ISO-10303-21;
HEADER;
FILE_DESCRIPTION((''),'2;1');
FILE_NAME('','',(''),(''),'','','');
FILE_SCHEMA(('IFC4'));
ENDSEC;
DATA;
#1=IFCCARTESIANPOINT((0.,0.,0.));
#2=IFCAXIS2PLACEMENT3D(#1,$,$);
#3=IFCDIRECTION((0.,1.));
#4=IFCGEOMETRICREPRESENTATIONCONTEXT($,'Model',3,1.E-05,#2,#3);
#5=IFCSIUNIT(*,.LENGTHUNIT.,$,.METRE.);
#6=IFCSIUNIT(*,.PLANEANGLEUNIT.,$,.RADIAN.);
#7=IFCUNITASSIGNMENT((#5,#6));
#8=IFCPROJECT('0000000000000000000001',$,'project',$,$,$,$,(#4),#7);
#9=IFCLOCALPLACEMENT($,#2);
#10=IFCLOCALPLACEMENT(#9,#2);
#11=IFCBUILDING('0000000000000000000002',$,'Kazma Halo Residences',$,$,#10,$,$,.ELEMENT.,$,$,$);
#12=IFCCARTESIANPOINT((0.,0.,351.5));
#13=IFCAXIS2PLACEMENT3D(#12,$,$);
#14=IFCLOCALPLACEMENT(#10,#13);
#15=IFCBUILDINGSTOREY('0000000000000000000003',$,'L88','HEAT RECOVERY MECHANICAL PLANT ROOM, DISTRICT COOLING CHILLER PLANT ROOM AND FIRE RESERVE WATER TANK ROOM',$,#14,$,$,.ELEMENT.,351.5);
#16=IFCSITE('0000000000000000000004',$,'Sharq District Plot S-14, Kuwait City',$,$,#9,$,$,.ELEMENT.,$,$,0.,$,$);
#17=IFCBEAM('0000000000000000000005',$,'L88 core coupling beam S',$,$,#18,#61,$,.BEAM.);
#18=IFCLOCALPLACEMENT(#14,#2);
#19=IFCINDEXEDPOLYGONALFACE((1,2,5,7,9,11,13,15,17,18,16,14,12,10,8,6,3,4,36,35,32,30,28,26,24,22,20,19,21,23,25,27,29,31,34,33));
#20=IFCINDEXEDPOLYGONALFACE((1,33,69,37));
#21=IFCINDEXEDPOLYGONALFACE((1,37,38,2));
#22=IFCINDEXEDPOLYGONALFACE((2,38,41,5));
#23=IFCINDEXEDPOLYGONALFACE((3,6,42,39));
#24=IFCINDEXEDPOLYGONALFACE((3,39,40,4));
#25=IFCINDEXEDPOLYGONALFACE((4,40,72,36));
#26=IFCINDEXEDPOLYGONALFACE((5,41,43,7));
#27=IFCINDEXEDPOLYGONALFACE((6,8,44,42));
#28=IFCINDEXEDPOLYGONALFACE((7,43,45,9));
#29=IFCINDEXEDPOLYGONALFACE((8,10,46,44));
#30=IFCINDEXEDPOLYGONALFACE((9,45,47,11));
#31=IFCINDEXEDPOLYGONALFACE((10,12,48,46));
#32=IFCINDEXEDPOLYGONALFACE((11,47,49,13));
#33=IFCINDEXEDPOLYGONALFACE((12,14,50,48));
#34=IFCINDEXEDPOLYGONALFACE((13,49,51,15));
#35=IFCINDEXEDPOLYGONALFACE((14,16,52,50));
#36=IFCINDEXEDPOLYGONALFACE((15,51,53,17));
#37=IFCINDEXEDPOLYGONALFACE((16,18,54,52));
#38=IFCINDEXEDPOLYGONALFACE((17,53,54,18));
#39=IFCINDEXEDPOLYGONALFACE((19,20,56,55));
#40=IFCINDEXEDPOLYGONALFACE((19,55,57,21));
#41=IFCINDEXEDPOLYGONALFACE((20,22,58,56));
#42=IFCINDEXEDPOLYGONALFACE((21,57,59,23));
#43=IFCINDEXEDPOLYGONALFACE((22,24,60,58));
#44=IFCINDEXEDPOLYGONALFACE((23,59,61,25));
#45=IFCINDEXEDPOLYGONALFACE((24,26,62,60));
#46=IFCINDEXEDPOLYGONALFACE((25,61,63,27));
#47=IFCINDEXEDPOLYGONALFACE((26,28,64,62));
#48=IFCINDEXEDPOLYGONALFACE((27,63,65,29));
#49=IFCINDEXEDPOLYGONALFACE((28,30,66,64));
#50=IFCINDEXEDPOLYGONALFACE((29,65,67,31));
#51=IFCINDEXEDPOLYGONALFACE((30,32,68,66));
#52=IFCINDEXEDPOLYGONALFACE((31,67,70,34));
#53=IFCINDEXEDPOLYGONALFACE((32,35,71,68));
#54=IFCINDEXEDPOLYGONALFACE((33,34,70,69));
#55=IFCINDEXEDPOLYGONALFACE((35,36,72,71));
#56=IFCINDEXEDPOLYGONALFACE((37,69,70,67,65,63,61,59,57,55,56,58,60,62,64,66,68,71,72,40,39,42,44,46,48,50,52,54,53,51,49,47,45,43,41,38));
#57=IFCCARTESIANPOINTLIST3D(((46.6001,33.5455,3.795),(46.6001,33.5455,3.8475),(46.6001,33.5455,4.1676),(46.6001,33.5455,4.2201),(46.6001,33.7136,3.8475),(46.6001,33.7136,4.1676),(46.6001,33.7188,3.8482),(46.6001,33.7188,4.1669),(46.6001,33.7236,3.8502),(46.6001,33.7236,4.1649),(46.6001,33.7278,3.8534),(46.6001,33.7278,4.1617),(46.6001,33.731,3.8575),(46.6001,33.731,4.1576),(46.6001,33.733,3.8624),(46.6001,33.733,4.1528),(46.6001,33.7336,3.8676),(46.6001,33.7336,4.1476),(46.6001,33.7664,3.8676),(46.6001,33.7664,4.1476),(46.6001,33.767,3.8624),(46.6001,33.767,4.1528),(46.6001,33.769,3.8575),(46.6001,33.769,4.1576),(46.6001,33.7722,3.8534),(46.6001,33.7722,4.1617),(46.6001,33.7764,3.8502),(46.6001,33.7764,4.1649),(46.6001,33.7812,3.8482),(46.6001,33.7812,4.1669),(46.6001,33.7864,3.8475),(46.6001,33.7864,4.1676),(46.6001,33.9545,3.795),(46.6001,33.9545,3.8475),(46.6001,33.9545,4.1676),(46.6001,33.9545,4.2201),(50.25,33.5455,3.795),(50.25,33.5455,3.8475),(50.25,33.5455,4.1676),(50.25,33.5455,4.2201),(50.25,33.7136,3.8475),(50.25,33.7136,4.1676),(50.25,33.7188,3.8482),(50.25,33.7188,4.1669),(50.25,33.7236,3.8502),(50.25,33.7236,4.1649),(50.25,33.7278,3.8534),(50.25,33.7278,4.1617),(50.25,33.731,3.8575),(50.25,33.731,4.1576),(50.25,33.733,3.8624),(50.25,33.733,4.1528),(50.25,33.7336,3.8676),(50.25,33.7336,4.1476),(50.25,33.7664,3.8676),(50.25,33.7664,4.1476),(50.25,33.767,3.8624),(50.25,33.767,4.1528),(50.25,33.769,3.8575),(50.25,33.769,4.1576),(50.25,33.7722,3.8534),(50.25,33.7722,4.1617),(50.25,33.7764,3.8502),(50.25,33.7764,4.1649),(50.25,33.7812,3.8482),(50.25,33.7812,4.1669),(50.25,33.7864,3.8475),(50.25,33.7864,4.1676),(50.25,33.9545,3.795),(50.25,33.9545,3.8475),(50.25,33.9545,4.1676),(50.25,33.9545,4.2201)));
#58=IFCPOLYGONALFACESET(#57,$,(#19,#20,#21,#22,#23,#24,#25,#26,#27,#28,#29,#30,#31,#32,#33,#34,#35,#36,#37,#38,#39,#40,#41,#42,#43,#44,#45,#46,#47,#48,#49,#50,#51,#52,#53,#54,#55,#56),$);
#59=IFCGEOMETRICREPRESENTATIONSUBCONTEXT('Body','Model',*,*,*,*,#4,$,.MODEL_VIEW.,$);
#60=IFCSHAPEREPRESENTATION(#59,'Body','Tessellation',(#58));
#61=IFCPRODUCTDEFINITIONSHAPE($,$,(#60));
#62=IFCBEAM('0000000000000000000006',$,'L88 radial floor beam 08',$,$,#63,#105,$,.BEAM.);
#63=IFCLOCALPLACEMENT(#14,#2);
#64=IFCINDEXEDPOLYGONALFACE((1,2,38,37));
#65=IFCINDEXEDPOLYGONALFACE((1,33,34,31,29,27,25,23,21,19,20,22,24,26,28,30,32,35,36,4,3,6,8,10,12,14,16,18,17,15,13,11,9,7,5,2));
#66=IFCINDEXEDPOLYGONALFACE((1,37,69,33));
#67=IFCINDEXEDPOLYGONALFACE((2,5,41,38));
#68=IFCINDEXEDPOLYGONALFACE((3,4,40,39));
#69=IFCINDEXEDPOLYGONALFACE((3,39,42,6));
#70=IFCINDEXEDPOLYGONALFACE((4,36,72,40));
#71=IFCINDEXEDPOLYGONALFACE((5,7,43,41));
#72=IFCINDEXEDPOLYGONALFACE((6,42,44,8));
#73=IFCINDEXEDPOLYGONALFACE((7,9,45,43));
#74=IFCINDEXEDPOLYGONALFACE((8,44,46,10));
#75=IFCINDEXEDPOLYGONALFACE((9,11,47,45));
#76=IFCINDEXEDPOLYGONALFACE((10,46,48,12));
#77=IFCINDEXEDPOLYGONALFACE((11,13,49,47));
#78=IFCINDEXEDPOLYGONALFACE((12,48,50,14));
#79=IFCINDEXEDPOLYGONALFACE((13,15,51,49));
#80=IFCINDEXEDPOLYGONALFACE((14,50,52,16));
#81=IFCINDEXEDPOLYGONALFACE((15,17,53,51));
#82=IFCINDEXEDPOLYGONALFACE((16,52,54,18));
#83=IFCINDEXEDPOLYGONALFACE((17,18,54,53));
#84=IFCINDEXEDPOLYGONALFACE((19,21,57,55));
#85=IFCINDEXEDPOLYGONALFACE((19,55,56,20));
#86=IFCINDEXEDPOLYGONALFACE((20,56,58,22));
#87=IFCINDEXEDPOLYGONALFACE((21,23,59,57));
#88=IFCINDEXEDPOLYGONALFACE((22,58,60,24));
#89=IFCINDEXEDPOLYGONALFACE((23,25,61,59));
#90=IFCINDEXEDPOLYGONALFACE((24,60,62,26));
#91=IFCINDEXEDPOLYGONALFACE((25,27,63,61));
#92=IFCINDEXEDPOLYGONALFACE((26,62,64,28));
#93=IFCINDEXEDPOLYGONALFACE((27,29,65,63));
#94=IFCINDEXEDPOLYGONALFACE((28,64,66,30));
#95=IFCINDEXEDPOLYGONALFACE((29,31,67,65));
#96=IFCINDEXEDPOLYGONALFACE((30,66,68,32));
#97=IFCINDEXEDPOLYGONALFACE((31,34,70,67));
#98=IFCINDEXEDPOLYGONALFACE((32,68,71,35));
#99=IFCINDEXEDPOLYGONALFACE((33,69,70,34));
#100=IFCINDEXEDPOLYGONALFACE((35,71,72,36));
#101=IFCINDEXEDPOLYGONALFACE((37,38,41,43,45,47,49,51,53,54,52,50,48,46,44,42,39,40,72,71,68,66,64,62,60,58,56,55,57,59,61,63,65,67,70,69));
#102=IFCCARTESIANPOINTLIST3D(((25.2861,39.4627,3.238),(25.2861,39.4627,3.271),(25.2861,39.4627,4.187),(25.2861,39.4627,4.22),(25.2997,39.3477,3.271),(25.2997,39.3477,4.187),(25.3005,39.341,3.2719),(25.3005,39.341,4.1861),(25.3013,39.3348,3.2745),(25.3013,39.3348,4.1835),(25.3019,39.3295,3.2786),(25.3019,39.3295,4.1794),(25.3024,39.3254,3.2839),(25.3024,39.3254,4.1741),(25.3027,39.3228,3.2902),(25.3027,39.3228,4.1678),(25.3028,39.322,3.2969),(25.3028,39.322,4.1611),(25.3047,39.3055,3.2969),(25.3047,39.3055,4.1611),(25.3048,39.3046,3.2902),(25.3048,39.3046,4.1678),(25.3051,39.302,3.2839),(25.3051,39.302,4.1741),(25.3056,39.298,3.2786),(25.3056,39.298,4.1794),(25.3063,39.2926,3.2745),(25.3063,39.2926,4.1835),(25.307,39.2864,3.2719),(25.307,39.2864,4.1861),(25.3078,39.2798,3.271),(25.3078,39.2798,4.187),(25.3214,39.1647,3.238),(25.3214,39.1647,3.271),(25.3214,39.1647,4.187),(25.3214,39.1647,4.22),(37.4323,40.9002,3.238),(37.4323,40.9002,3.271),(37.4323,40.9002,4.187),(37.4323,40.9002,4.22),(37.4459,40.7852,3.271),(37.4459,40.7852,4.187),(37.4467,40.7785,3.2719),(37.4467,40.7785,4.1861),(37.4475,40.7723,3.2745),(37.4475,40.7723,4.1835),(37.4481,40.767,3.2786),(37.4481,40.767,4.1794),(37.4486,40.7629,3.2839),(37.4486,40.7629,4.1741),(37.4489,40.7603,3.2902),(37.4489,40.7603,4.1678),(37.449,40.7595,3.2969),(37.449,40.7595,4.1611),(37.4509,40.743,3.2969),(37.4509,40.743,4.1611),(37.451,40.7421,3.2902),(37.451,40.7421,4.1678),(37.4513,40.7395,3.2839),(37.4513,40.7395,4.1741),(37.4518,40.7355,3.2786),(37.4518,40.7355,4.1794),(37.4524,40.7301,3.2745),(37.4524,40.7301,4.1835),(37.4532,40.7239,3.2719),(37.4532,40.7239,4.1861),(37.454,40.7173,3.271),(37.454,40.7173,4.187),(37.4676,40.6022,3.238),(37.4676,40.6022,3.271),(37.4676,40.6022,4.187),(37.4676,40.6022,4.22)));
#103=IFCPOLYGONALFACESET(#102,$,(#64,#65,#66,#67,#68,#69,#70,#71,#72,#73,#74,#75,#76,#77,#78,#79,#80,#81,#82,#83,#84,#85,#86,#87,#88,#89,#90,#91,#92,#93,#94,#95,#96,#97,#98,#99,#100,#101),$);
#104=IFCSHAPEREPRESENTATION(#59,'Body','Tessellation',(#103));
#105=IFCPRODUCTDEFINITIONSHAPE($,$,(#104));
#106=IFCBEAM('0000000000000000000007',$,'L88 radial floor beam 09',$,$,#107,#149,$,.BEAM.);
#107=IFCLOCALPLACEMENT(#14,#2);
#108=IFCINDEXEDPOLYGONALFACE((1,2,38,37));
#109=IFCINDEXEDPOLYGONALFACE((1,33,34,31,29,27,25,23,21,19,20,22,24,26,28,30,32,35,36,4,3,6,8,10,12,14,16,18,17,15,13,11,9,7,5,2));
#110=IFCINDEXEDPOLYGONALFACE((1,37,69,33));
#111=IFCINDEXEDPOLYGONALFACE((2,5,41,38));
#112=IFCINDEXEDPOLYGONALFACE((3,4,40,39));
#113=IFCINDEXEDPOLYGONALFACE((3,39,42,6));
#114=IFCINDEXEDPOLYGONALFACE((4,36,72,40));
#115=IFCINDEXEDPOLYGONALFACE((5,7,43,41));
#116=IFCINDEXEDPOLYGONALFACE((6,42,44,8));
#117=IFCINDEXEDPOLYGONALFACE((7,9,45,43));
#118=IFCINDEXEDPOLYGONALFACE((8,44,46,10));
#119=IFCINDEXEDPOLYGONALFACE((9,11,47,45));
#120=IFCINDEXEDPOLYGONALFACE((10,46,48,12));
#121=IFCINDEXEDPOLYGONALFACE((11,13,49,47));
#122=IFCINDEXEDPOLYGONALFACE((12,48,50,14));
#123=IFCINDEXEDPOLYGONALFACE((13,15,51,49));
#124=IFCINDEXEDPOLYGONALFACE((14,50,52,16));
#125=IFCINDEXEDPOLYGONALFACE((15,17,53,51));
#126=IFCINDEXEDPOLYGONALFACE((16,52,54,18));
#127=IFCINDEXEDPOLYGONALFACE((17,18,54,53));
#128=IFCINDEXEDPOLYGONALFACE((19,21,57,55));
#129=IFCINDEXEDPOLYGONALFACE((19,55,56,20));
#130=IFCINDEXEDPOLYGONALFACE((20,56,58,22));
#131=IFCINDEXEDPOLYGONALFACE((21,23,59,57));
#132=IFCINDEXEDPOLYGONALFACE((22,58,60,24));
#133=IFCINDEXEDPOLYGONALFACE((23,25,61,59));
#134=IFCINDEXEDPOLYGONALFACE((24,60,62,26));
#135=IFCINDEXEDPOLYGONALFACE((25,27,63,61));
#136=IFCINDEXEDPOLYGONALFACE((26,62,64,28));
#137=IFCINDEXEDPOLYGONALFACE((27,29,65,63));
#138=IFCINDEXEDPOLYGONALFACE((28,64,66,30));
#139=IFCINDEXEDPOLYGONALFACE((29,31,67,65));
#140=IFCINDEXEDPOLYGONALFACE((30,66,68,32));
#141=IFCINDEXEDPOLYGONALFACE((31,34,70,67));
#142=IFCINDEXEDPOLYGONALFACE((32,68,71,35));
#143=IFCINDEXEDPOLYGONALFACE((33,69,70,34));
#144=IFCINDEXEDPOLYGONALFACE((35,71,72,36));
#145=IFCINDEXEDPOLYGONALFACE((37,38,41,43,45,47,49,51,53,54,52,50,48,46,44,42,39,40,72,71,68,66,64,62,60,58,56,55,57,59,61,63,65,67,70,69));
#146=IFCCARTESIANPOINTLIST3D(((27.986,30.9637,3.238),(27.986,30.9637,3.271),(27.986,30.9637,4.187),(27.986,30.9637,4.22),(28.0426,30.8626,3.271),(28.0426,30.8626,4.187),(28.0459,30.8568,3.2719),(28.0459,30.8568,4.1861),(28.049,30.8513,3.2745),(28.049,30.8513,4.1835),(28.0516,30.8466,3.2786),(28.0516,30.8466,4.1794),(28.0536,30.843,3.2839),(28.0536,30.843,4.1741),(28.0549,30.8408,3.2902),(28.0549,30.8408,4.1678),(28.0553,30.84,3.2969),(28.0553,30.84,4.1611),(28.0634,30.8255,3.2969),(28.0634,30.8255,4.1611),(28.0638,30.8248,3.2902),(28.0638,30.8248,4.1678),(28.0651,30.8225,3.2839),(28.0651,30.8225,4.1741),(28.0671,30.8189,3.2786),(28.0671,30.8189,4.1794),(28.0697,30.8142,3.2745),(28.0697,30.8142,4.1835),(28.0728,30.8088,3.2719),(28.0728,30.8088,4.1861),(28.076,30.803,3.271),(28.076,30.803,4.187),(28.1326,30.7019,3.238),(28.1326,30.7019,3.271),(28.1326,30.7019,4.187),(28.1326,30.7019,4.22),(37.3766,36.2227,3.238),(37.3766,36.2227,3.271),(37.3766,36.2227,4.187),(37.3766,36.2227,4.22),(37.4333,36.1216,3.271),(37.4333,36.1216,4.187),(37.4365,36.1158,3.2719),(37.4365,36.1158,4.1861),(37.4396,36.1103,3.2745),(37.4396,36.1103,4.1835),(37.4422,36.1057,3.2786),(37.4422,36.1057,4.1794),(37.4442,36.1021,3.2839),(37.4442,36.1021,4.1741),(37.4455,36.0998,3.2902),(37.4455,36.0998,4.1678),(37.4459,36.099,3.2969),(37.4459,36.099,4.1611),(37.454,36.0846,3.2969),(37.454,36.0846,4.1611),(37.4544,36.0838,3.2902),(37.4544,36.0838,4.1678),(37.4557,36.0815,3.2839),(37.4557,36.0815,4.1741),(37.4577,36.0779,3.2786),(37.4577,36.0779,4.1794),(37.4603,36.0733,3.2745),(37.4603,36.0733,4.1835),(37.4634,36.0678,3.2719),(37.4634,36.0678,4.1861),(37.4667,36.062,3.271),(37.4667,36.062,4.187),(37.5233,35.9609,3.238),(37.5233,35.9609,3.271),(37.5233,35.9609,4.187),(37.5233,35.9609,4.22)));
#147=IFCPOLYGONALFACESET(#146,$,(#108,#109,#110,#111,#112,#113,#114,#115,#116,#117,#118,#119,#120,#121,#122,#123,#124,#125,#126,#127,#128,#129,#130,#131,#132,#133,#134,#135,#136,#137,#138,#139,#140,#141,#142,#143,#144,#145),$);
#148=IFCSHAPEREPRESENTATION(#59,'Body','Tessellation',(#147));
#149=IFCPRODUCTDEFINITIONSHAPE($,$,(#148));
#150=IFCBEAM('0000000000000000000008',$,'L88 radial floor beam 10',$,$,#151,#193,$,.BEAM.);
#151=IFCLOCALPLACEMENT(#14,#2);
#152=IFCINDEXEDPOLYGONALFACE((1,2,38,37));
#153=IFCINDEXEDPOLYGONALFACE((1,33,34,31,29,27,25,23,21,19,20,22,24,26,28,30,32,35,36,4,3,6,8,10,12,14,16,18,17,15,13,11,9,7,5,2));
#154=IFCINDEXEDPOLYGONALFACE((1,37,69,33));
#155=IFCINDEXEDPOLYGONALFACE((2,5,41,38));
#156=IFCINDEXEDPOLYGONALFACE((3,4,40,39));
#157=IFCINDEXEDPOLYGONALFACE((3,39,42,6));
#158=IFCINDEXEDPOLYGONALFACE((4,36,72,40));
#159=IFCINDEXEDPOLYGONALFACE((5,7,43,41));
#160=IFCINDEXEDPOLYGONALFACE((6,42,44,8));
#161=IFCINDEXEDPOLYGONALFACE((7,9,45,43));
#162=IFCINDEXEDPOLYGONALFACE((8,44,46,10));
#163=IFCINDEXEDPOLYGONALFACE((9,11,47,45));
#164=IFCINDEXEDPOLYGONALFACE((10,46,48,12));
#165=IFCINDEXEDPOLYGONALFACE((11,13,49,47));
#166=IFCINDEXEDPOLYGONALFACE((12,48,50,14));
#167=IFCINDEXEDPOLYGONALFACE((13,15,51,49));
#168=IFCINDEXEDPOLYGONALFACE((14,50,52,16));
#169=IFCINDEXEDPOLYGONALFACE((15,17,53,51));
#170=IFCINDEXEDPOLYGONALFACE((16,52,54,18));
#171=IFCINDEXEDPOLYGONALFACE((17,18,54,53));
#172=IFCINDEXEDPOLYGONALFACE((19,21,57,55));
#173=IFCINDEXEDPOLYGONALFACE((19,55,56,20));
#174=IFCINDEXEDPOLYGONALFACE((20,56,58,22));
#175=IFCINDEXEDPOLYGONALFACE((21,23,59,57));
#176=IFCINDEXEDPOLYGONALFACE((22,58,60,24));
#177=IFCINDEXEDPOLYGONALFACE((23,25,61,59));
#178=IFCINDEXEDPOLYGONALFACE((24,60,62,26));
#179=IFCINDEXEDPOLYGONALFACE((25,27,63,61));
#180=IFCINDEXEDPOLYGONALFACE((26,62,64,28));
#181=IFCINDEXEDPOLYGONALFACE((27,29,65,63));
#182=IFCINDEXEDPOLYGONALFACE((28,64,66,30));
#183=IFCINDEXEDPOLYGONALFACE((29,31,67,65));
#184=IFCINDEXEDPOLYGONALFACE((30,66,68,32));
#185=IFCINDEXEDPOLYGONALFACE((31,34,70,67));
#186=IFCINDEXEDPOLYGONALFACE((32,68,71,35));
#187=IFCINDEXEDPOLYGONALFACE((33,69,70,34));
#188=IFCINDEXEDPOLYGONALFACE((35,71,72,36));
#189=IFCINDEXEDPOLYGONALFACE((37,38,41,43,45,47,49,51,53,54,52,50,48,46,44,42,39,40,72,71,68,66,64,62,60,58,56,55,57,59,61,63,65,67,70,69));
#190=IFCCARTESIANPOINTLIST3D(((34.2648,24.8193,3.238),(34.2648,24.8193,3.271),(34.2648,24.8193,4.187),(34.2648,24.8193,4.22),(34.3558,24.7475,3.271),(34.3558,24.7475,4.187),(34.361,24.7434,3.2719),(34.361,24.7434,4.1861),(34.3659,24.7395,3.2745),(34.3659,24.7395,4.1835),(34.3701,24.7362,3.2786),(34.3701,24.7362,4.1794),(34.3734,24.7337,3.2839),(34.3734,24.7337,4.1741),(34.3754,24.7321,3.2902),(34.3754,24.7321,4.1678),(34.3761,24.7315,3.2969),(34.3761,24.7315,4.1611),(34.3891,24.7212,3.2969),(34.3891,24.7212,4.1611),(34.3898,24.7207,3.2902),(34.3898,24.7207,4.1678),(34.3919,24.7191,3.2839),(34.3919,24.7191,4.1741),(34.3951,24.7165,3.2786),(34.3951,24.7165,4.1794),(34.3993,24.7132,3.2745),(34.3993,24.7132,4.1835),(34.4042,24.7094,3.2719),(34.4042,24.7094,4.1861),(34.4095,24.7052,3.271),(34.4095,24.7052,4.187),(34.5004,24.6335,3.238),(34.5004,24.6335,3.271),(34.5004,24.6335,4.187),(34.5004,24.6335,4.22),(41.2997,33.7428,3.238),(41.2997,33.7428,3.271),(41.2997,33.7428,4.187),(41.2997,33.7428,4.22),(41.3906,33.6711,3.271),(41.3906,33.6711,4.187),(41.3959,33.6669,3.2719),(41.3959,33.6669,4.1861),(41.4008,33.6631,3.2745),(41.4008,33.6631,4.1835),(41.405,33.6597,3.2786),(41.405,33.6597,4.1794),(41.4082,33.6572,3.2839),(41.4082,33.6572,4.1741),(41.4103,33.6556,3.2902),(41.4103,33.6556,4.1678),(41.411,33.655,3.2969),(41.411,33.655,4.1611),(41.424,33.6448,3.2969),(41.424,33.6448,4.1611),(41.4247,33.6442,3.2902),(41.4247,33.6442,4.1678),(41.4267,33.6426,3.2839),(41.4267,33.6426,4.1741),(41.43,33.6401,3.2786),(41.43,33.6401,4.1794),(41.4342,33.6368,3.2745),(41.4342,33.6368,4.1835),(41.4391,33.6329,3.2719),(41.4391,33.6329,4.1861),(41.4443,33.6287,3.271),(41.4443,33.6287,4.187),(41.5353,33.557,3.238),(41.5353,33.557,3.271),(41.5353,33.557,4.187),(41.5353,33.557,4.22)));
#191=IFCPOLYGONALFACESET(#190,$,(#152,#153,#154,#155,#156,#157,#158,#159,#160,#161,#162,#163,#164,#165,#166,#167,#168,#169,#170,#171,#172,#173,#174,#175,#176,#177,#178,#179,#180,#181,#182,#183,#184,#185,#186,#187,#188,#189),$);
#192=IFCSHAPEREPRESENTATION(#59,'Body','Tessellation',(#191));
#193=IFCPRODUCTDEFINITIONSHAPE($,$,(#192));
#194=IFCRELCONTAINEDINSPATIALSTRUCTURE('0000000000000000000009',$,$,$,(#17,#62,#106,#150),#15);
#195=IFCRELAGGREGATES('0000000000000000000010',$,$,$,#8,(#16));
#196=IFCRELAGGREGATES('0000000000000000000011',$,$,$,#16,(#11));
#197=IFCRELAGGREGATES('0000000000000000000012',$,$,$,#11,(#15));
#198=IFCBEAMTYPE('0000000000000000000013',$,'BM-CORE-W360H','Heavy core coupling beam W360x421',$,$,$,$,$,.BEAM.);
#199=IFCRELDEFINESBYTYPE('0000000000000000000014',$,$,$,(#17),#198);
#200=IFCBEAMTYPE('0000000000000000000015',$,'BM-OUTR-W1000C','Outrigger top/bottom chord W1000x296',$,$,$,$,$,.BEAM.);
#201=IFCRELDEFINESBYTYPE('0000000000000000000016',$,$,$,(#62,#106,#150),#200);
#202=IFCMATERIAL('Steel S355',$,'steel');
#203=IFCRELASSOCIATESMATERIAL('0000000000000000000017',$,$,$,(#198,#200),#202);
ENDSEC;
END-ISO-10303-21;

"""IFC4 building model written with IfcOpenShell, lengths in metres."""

from ifc_helpers import new_model, si_unit, direction, frame, origin, origin_2d, place, context, subcontext, project, spatial, i_section, extrude, material, material_profile, profile_set, type_object, element, save


model = new_model("IFC4")

# Units and contexts
model_context = context("Model", 3, precision=1e-05, world=origin(), true_north=direction((0.0, 1.0)))
body_context = subcontext(model_context, "Body", "Model", "MODEL_VIEW")
ifc_project = project(units=[si_unit("LENGTHUNIT", "METRE"), si_unit("PLANEANGLEUNIT", "RADIAN")], contexts=[model_context])

# Site, building, storey
site_placement = place(None, origin())
site = spatial("IfcSite", under=ifc_project, at=site_placement, Name="Sharq District Plot S-14, Kuwait City", CompositionType="ELEMENT", RefElevation=0.0)
building_placement = place(site_placement, origin())
building = spatial("IfcBuilding", under=site, at=building_placement, Name="Kazma Halo Residences", CompositionType="ELEMENT")
storey_placement = place(building_placement, frame((0.0, 0.0, 351.5)))
storey = spatial("IfcBuildingStorey", under=building, at=storey_placement, Name="L88", Description="HEAT RECOVERY MECHANICAL PLANT ROOM, DISTRICT COOLING CHILLER PLANT ROOM AND FIRE RESERVE WATER TANK ROOM", CompositionType="ELEMENT", Elevation=351.5)

# Beams
ifc_material_1 = material(Name="Steel S355", Category="steel")
ifc_material_profile_1 = material_profile(ifc_material_1, i_section(OverallWidth=0.4089, OverallDepth=0.425, WebThickness=0.0327, FlangeThickness=0.0525, FilletRadius=0.02, at=origin_2d()), Name="W360x421")
ifc_profile_set_1 = profile_set([ifc_material_profile_1], Name="Steel S355")
beam_type_1 = type_object("IfcBeamType", Name="BM-CORE-W360H", Description="Heavy core coupling beam W360x421", PredefinedType="BEAM", material=ifc_profile_set_1)
beam_1_placement = place(storey_placement, frame((46.6001, 33.75, 4.0076), z_axis=(1.0, 0.0, 0.0), x_axis=(0.0, 1.0, 0.0)))
element("IfcBeam", 1, at=beam_1_placement, inside=storey, type_object=beam_type_1, Name="L88 core coupling beam S", PredefinedType="BEAM", context=body_context, shape_type="SweptSolid", body=[
    extrude(i_section(OverallWidth=0.4089, OverallDepth=0.425, WebThickness=0.0327, FlangeThickness=0.0525, FilletRadius=0.02, at=origin_2d()), origin(), (0.0, 0.0, 1.0), 3.6499),
])
ifc_material_profile_2 = material_profile(ifc_material_1, i_section(OverallWidth=0.3, OverallDepth=0.9819, WebThickness=0.0166, FlangeThickness=0.033, FilletRadius=0.0259, at=origin_2d()), Name="W1000x296")
ifc_profile_set_2 = profile_set([ifc_material_profile_2], Name="Steel S355")
beam_type_2 = type_object("IfcBeamType", Name="BM-OUTR-W1000C", Description="Outrigger top/bottom chord W1000x296", PredefinedType="BEAM", material=ifc_profile_set_2)
beam_2_placement = place(storey_placement, frame((37.45, 40.7512, 3.729), z_axis=(-0.993069, -0.117529, 0.0), x_axis=(0.117529, -0.993069, 0.0)))
element("IfcBeam", 2, at=beam_2_placement, inside=storey, type_object=beam_type_2, Name="L88 radial floor beam 08", PredefinedType="BEAM", context=body_context, shape_type="SweptSolid", body=[
    extrude(i_section(OverallWidth=0.3, OverallDepth=0.9819, WebThickness=0.0166, FlangeThickness=0.033, FilletRadius=0.0259, at=origin_2d()), origin(), (0.0, 0.0, 1.0), 12.231),
])
beam_3_placement = place(storey_placement, frame((37.45, 36.0918, 3.729), z_axis=(-0.872495, -0.488623, 0.0), x_axis=(0.488623, -0.872495, 0.0)))
element("IfcBeam", 3, at=beam_3_placement, inside=storey, type_object=beam_type_2, Name="L88 radial floor beam 09", PredefinedType="BEAM", context=body_context, shape_type="SweptSolid", body=[
    extrude(i_section(OverallWidth=0.3, OverallDepth=0.9819, WebThickness=0.0166, FlangeThickness=0.033, FilletRadius=0.0259, at=origin_2d()), origin(), (0.0, 0.0, 1.0), 10.7629),
])
beam_4_placement = place(storey_placement, frame((41.4175, 33.6499, 3.729), z_axis=(-0.619101, -0.785312, 0.0), x_axis=(0.785312, -0.619101, 0.0)))
element("IfcBeam", 4, at=beam_4_placement, inside=storey, type_object=beam_type_2, Name="L88 radial floor beam 10", PredefinedType="BEAM", context=body_context, shape_type="SweptSolid", body=[
    extrude(i_section(OverallWidth=0.3, OverallDepth=0.9819, WebThickness=0.0166, FlangeThickness=0.033, FilletRadius=0.0259, at=origin_2d()), origin(), (0.0, 0.0, 1.0), 11.363),
])

save(model, "model.ifc")
